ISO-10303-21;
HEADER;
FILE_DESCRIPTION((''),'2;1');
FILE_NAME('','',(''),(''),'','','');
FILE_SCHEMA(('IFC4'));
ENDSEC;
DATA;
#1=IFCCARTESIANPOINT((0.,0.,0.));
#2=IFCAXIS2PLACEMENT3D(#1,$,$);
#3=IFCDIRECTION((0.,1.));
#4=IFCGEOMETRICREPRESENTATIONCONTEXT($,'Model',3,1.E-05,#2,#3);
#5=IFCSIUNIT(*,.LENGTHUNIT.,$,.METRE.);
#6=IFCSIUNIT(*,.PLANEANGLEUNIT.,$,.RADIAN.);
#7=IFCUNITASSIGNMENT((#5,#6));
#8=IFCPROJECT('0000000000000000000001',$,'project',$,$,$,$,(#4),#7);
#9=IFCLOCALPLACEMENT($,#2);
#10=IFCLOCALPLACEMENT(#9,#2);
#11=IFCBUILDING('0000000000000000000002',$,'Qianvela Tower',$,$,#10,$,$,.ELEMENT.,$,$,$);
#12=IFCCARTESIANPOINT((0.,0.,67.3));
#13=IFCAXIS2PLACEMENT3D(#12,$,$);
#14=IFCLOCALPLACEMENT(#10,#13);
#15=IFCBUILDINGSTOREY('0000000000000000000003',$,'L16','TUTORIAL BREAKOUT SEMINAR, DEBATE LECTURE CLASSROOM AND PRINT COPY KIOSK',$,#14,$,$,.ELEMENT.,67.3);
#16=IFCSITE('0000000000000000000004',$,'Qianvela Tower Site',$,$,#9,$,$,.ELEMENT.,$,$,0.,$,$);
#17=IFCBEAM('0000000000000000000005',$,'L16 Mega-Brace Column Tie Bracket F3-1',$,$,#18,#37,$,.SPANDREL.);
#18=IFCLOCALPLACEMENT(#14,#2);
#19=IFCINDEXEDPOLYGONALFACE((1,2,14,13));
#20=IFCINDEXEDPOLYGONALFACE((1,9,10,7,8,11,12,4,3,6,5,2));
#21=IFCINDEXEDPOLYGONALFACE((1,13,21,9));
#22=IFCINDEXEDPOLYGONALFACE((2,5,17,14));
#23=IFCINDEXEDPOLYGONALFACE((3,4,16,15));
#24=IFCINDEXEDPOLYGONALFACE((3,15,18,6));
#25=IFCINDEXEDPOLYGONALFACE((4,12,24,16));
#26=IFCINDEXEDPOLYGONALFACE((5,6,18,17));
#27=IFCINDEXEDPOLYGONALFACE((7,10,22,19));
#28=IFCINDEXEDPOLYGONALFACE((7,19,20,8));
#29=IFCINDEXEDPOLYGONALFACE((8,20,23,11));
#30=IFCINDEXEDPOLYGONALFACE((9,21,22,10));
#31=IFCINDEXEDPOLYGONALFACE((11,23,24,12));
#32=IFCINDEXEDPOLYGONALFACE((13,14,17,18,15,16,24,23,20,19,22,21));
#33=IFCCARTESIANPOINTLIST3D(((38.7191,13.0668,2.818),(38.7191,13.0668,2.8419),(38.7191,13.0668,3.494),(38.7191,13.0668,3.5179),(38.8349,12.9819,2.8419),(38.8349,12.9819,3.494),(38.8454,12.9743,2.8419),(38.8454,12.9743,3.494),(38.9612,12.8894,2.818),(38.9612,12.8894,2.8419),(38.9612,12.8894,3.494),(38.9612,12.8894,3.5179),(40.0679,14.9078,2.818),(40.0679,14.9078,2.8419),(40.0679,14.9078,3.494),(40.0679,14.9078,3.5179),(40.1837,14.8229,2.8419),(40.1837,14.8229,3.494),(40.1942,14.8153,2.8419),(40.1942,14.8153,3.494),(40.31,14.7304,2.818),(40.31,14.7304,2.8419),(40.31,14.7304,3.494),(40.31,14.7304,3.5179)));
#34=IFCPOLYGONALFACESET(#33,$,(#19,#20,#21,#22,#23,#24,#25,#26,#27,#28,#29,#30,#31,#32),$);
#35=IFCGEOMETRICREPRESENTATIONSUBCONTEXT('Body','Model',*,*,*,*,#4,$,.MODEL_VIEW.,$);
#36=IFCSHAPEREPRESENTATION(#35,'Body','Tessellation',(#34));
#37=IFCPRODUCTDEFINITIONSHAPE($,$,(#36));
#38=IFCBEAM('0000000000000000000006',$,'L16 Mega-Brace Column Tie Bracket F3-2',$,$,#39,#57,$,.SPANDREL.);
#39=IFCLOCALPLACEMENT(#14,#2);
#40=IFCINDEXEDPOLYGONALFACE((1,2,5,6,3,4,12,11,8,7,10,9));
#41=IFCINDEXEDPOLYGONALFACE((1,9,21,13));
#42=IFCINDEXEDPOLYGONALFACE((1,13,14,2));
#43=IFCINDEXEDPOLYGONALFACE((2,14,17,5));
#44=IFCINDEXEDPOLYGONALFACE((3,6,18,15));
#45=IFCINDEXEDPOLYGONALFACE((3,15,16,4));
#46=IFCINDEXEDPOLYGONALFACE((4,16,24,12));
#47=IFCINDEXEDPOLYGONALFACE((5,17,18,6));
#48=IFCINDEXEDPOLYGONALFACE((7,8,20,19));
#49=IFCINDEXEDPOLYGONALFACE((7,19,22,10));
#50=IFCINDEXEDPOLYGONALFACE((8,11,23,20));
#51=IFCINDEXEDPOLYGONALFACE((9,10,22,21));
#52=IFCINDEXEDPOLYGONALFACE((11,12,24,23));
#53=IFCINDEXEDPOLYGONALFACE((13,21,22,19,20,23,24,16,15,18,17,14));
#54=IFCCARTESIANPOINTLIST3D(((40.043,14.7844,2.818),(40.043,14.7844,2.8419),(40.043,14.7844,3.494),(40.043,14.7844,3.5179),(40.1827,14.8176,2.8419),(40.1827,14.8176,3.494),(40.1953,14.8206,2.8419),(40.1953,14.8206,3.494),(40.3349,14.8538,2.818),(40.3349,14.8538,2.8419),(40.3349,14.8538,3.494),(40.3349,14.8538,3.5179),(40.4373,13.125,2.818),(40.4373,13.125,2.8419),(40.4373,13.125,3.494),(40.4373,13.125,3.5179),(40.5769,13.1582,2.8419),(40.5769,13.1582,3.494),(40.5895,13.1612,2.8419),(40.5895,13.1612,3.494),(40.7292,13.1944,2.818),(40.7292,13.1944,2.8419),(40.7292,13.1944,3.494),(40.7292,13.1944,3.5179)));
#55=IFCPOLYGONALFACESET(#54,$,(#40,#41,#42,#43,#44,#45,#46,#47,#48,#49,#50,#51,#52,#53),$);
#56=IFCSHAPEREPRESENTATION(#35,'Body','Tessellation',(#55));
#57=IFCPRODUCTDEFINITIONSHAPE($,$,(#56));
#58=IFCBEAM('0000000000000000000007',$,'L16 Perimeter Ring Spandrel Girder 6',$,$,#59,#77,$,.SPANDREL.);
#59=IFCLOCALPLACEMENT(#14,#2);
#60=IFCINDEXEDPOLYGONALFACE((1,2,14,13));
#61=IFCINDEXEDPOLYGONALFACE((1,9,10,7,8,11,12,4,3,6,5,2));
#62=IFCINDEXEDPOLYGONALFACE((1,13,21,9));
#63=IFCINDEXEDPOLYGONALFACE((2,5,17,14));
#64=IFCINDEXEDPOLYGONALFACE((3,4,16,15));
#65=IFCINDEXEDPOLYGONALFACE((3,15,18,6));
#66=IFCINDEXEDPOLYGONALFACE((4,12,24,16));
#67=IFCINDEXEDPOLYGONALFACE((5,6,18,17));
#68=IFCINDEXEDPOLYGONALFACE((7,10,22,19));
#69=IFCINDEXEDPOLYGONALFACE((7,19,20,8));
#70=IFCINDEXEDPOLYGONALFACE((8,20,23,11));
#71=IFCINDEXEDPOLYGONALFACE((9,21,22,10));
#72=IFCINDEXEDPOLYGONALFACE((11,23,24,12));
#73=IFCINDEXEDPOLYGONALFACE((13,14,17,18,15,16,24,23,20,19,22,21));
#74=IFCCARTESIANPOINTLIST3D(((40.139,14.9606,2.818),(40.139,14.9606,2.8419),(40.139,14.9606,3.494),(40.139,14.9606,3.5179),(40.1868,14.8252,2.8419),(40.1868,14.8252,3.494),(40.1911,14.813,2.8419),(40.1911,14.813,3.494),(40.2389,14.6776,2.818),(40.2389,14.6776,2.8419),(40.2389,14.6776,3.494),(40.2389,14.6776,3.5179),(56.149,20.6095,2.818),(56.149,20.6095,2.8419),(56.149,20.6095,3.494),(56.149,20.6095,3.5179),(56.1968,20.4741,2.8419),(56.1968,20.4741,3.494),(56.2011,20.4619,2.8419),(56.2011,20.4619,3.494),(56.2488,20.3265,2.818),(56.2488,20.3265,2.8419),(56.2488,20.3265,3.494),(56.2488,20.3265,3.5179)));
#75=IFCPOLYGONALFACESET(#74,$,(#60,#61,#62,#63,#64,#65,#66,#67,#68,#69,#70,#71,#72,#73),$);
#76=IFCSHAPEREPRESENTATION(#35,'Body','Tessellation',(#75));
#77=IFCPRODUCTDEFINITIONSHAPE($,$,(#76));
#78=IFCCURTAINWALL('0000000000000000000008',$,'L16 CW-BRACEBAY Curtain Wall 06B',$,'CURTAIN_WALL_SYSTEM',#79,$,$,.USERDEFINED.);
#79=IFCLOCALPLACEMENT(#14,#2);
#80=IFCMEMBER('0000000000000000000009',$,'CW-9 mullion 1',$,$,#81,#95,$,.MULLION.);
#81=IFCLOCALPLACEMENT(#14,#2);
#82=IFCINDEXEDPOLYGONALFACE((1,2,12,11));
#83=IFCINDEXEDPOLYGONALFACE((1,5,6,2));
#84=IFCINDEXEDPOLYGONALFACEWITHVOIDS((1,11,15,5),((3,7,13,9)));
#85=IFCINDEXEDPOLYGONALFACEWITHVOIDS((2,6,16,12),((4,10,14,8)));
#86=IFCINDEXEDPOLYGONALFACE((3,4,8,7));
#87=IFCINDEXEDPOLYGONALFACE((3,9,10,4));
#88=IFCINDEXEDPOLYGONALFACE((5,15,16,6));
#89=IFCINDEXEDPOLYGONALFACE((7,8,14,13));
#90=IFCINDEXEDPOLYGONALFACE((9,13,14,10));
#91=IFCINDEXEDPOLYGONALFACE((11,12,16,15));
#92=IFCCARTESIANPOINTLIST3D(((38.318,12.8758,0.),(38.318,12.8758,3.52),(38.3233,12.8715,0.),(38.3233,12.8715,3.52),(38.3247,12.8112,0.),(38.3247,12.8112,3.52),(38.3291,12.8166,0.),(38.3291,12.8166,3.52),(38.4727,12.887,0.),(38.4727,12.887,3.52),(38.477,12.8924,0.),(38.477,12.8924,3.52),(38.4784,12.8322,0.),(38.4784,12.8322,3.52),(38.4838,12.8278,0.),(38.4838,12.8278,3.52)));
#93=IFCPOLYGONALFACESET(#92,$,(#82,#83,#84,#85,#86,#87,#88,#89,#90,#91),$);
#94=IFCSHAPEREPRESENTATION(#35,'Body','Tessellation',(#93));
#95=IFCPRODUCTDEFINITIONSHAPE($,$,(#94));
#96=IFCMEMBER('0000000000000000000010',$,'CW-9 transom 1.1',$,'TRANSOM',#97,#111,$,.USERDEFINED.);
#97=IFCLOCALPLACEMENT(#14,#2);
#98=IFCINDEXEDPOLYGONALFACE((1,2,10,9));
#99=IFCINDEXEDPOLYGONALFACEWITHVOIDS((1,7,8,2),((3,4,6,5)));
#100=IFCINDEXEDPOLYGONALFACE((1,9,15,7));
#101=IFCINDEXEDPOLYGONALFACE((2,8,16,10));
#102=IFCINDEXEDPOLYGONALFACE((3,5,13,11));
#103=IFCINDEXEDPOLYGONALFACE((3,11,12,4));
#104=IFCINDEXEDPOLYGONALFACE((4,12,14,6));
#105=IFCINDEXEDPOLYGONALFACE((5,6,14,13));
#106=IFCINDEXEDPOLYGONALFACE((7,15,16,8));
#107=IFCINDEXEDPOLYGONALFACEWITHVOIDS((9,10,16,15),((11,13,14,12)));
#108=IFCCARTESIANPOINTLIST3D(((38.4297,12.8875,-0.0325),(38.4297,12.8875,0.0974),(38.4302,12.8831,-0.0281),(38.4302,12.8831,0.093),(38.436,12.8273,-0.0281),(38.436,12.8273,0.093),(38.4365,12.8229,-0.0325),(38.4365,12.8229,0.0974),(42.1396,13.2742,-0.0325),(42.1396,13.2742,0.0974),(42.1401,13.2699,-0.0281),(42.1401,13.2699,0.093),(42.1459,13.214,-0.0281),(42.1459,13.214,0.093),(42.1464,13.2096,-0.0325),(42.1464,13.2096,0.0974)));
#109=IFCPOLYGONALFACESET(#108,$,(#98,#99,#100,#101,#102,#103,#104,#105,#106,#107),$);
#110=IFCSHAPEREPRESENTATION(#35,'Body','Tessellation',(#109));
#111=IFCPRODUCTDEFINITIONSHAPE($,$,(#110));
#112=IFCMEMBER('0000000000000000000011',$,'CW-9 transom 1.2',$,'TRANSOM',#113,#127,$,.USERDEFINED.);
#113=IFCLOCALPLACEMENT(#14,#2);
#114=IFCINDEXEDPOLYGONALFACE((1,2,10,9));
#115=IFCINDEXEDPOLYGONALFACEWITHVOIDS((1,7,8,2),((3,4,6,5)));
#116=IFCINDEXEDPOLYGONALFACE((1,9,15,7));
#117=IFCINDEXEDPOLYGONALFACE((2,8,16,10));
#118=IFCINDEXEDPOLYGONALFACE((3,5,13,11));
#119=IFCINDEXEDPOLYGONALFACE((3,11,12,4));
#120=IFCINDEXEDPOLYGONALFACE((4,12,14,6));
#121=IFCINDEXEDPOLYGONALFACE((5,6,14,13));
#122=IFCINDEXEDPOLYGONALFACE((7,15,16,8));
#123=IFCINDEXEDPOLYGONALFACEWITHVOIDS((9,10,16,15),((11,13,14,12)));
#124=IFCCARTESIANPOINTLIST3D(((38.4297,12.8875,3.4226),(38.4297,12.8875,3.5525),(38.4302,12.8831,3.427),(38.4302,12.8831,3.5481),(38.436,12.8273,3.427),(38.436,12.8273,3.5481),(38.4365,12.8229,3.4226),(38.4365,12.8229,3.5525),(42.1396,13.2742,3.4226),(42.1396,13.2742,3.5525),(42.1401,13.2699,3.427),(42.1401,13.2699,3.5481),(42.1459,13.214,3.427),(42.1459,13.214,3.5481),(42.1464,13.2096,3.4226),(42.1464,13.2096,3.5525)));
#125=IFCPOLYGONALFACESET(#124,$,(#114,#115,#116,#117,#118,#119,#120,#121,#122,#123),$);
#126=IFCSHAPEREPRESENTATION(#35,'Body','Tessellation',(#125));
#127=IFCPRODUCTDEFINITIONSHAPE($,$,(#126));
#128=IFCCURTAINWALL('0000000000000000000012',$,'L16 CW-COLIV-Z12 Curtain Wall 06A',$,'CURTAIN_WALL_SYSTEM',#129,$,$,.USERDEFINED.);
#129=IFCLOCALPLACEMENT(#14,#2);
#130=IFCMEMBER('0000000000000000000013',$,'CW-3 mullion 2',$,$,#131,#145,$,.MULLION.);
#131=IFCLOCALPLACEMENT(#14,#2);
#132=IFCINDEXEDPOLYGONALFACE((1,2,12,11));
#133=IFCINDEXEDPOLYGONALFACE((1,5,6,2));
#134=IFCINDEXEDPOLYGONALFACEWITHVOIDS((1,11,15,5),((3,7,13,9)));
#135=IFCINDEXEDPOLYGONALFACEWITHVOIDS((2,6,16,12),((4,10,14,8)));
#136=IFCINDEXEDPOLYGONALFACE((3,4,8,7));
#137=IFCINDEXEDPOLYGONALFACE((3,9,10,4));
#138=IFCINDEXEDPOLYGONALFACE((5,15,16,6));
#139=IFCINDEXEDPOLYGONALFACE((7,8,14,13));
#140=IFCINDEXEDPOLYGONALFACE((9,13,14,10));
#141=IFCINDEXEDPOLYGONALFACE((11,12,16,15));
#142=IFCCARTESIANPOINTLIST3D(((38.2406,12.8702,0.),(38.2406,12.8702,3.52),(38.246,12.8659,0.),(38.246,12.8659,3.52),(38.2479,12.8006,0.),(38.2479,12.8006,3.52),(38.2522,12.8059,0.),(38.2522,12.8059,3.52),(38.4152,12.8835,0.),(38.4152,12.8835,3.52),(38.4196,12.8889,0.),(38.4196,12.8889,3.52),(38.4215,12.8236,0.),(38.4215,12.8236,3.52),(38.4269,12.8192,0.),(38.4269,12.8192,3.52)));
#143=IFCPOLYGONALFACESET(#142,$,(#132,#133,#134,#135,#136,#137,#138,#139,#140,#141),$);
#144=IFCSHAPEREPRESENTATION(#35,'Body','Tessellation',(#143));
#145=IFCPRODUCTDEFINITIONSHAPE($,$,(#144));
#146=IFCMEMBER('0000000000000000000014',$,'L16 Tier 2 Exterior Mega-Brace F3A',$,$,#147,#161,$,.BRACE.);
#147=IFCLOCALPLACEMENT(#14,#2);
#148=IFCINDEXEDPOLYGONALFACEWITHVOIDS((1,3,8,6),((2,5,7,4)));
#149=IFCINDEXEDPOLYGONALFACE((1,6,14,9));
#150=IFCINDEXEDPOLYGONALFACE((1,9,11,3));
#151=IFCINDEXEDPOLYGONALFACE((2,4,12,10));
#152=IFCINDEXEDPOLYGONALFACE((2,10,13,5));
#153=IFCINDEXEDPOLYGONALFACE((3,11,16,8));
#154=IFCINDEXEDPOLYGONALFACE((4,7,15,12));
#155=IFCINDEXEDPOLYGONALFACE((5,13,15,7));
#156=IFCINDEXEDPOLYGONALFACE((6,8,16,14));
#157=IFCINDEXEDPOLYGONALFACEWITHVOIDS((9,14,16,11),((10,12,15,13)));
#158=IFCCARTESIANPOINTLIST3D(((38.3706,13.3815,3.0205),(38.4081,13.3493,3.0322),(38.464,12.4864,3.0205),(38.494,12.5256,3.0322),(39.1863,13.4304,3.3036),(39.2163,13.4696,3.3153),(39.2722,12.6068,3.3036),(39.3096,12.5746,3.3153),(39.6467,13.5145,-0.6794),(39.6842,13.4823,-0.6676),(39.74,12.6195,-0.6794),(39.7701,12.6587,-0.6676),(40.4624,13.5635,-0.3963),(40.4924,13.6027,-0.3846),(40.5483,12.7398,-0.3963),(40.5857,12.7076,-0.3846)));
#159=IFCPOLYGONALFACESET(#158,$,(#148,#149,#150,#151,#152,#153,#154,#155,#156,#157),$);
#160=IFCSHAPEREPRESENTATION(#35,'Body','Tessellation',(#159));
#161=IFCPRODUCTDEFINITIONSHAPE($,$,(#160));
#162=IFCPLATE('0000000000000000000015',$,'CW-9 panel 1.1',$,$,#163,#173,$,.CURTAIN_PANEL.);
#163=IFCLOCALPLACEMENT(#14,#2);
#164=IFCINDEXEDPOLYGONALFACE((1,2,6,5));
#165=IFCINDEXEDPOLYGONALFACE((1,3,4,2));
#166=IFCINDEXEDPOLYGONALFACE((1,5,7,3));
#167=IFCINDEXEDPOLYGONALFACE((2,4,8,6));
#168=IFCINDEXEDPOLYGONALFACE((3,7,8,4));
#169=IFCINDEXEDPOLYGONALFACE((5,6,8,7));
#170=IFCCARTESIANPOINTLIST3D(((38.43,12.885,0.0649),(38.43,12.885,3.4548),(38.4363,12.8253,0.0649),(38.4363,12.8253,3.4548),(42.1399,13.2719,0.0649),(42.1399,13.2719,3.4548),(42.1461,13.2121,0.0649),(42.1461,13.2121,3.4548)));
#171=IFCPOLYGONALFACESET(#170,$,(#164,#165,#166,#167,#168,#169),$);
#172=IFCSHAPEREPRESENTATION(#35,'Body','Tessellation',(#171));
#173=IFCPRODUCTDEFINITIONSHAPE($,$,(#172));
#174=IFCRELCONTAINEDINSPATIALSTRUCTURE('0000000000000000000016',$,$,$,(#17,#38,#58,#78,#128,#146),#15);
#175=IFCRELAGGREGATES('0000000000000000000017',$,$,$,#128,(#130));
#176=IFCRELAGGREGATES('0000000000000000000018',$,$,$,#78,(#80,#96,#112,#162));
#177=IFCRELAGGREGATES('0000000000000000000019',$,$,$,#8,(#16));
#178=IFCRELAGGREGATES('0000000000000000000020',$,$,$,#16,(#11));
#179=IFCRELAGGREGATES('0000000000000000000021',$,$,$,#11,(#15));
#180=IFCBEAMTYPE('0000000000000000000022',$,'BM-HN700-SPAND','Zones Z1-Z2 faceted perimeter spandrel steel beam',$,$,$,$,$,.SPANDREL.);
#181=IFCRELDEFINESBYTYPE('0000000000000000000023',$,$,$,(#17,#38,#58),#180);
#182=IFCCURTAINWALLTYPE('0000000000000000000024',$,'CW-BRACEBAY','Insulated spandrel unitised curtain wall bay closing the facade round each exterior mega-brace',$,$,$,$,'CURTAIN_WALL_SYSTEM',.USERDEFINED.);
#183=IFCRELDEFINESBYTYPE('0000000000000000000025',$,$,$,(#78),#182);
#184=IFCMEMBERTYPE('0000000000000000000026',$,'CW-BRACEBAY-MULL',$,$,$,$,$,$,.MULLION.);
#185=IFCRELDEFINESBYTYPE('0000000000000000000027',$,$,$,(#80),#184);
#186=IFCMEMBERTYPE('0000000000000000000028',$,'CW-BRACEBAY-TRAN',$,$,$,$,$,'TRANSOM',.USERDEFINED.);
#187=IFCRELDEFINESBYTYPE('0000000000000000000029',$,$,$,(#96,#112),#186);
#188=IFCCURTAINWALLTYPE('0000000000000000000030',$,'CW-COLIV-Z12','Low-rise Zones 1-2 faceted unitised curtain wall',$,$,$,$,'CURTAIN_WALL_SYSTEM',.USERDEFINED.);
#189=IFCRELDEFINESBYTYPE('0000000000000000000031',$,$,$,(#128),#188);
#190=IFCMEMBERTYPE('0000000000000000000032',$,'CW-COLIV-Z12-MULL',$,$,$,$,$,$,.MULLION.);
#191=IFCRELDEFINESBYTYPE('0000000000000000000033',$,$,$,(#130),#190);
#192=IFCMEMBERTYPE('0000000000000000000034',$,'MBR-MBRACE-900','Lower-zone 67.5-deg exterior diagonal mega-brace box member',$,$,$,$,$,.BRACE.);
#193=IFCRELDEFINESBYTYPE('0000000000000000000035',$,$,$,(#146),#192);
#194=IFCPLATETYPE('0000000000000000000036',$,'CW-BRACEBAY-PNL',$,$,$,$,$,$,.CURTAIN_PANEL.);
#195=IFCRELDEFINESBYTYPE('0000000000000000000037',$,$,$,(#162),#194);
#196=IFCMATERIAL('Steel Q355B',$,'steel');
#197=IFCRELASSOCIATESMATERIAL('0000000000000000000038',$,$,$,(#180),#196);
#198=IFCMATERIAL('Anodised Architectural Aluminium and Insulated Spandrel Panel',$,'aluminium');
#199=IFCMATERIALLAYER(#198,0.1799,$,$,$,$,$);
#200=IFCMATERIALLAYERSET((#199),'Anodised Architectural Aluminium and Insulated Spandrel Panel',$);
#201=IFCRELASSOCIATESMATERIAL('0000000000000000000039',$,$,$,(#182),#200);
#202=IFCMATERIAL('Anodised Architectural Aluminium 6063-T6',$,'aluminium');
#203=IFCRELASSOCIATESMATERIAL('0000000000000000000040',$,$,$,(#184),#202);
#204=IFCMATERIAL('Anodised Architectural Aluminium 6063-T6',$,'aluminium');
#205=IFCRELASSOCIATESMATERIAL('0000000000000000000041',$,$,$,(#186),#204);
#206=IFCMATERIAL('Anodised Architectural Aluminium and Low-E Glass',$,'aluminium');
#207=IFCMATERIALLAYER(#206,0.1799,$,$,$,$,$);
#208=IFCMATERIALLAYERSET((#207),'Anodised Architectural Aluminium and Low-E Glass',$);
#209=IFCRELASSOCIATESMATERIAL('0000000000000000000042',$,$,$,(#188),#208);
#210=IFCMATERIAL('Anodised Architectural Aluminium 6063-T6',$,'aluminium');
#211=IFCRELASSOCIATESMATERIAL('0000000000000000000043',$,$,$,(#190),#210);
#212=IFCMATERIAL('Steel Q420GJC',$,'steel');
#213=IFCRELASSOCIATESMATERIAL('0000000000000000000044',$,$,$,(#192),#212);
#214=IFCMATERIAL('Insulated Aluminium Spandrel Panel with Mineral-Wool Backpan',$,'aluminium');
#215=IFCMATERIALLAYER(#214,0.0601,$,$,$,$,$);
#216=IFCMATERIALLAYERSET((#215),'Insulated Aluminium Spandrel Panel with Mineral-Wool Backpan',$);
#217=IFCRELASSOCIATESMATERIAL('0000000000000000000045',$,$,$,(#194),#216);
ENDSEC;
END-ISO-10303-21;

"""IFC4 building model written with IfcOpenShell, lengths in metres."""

from ifc_helpers import new_model, si_unit, direction, frame, origin, origin_2d, place, context, subcontext, project, spatial, rectangle, hollow_rectangle, i_section, extrude, material, layer, layer_set, material_profile, profile_set, type_object, element, aggregate, save


model = new_model("IFC4")

# Units and contexts
model_context = context("Model", 3, precision=1e-05, world=origin(), true_north=direction((0.0, 1.0)))
body_context = subcontext(model_context, "Body", "Model", "MODEL_VIEW")
ifc_project = project(units=[si_unit("LENGTHUNIT", "METRE"), si_unit("PLANEANGLEUNIT", "RADIAN")], contexts=[model_context])

# Site, building, storey
site_placement = place(None, origin())
site = spatial("IfcSite", under=ifc_project, at=site_placement, Name="Qianvela Tower Site", CompositionType="ELEMENT", RefElevation=0.0)
building_placement = place(site_placement, origin())
building = spatial("IfcBuilding", under=site, at=building_placement, Name="Qianvela Tower", CompositionType="ELEMENT")
storey_placement = place(building_placement, frame((0.0, 0.0, 67.3)))
storey = spatial("IfcBuildingStorey", under=building, at=storey_placement, Name="L16", Description="TUTORIAL BREAKOUT SEMINAR, DEBATE LECTURE CLASSROOM AND PRINT COPY KIOSK", CompositionType="ELEMENT", Elevation=67.3)

# Beams
ifc_material_1 = material(Name="Steel Q355B", Category="steel")
ifc_material_profile_1 = material_profile(ifc_material_1, i_section(OverallWidth=0.3, OverallDepth=0.7, WebThickness=0.0129, FlangeThickness=0.0239, at=origin_2d()), Name="HN700x300x13x24")
ifc_profile_set_1 = profile_set([ifc_material_profile_1], Name="Steel Q355B")
beam_type_1 = type_object("IfcBeamType", Name="BM-HN700-SPAND", Description="Zones Z1-Z2 faceted perimeter spandrel steel beam", PredefinedType="SPANDREL", material=ifc_profile_set_1)
beam_1_placement = place(storey_placement, frame((40.189, 14.8191, 3.168), z_axis=(-0.591011, -0.806663, 0.0), x_axis=(0.806663, -0.591011, 0.0)))
element("IfcBeam", 1, at=beam_1_placement, inside=storey, type_object=beam_type_1, Name="L16 Mega-Brace Column Tie Bracket F3-1", PredefinedType="SPANDREL", context=body_context, shape_type="SweptSolid", body=[
    extrude(i_section(OverallWidth=0.3, OverallDepth=0.7, WebThickness=0.0129, FlangeThickness=0.0239, at=origin_2d()), origin(), (0.0, 0.0, 1.0), 2.2822),
])
beam_2_placement = place(storey_placement, frame((40.189, 14.8191, 3.168), z_axis=(0.231169, -0.972914, 0.0), x_axis=(0.972914, 0.231169, 0.0)))
element("IfcBeam", 2, at=beam_2_placement, inside=storey, type_object=beam_type_1, Name="L16 Mega-Brace Column Tie Bracket F3-2", PredefinedType="SPANDREL", context=body_context, shape_type="SweptSolid", body=[
    extrude(i_section(OverallWidth=0.3, OverallDepth=0.7, WebThickness=0.0129, FlangeThickness=0.0239, at=origin_2d()), origin(), (0.0, 0.0, 1.0), 1.7056),
])
beam_3_placement = place(storey_placement, frame((40.189, 14.8191, 3.168), z_axis=(0.943021, 0.332733, 0.0), x_axis=(-0.332733, 0.943021, 0.0)))
element("IfcBeam", 3, at=beam_3_placement, inside=storey, type_object=beam_type_1, Name="L16 Perimeter Ring Spandrel Girder 6", PredefinedType="SPANDREL", context=body_context, shape_type="SweptSolid", body=[
    extrude(i_section(OverallWidth=0.3, OverallDepth=0.7, WebThickness=0.0129, FlangeThickness=0.0239, at=origin_2d()), origin(), (0.0, 0.0, 1.0), 16.9773),
])

# Curtain wall, members
ifc_material_2 = material(Name="Anodised Architectural Aluminium and Insulated Spandrel Panel", Category="aluminium")
ifc_layer_1 = layer(ifc_material_2, 0.1799)
ifc_layer_set_1 = layer_set([ifc_layer_1], Name="Anodised Architectural Aluminium and Insulated Spandrel Panel")
curtain_wall_type_1 = type_object("IfcCurtainWallType", Name="CW-BRACEBAY", Description="Insulated spandrel unitised curtain wall bay closing the facade round each exterior mega-brace", ElementType="CURTAIN_WALL_SYSTEM", PredefinedType="USERDEFINED", material=ifc_layer_set_1)
curtain_wall_1_placement = place(storey_placement, origin())
curtain_wall_1 = element("IfcCurtainWall", 4, at=curtain_wall_1_placement, inside=storey, type_object=curtain_wall_type_1, Name="L16 CW-BRACEBAY Curtain Wall 06B", ObjectType="CURTAIN_WALL_SYSTEM", PredefinedType="USERDEFINED")
ifc_material_3 = material(Name="Anodised Architectural Aluminium 6063-T6", Category="aluminium")
ifc_material_profile_2 = material_profile(ifc_material_3, hollow_rectangle(XDim=0.0649, YDim=0.1599, WallThickness=0.0049, at=origin_2d()), Name="ALU-MULL-65x160")
ifc_profile_set_2 = profile_set([ifc_material_profile_2], Name="Anodised Architectural Aluminium 6063-T6")
member_type_1 = type_object("IfcMemberType", Name="CW-BRACEBAY-MULL", PredefinedType="MULLION", material=ifc_profile_set_2)
member_1_placement = place(storey_placement, frame((38.4009, 12.8518, 0.0), z_axis=(0.0, 0.0, 1.0), x_axis=(-0.103704, 0.994608, 0.0)))
member_1 = element("IfcMember", 5, at=member_1_placement, type_object=member_type_1, Name="CW-9 mullion 1", PredefinedType="MULLION", context=body_context, shape_type="SweptSolid", body=[
    extrude(hollow_rectangle(XDim=0.0649, YDim=0.1599, WallThickness=0.0049, at=origin_2d()), origin(), (0.0, 0.0, 1.0), 3.52),
])
ifc_material_4 = material(Name="Anodised Architectural Aluminium 6063-T6", Category="aluminium")
ifc_material_profile_3 = material_profile(ifc_material_4, hollow_rectangle(XDim=0.0649, YDim=0.1299, WallThickness=0.0044, at=origin_2d()), Name="ALU-TRAN-65x130")
ifc_profile_set_3 = profile_set([ifc_material_profile_3], Name="Anodised Architectural Aluminium 6063-T6")
member_type_2 = type_object("IfcMemberType", Name="CW-BRACEBAY-TRAN", ElementType="TRANSOM", PredefinedType="USERDEFINED", material=ifc_profile_set_3)
member_2_placement = place(storey_placement, frame((38.4331, 12.8552, 0.0325), z_axis=(0.994611, 0.103676, 0.0), x_axis=(-0.103676, 0.994611, 0.0)))
member_2 = element("IfcMember", 6, at=member_2_placement, type_object=member_type_2, Name="CW-9 transom 1.1", ObjectType="TRANSOM", PredefinedType="USERDEFINED", context=body_context, shape_type="SweptSolid", body=[
    extrude(hollow_rectangle(XDim=0.0649, YDim=0.1299, WallThickness=0.0044, at=origin_2d()), origin(), (0.0, 0.0, 1.0), 3.73),
])
member_3_placement = place(storey_placement, frame((38.4331, 12.8552, 3.4875), z_axis=(0.994611, 0.103676, 0.0), x_axis=(-0.103676, 0.994611, 0.0)))
member_3 = element("IfcMember", 7, at=member_3_placement, type_object=member_type_2, Name="CW-9 transom 1.2", ObjectType="TRANSOM", PredefinedType="USERDEFINED", context=body_context, shape_type="SweptSolid", body=[
    extrude(hollow_rectangle(XDim=0.0649, YDim=0.1299, WallThickness=0.0044, at=origin_2d()), origin(), (0.0, 0.0, 1.0), 3.73),
])

# Curtain wall, member
ifc_material_5 = material(Name="Anodised Architectural Aluminium and Low-E Glass", Category="aluminium")
ifc_layer_2 = layer(ifc_material_5, 0.1799)
ifc_layer_set_2 = layer_set([ifc_layer_2], Name="Anodised Architectural Aluminium and Low-E Glass")
curtain_wall_type_2 = type_object("IfcCurtainWallType", Name="CW-COLIV-Z12", Description="Low-rise Zones 1-2 faceted unitised curtain wall", ElementType="CURTAIN_WALL_SYSTEM", PredefinedType="USERDEFINED", material=ifc_layer_set_2)
curtain_wall_2_placement = place(storey_placement, origin())
curtain_wall_2 = element("IfcCurtainWall", 8, at=curtain_wall_2_placement, inside=storey, type_object=curtain_wall_type_2, Name="L16 CW-COLIV-Z12 Curtain Wall 06A", ObjectType="CURTAIN_WALL_SYSTEM", PredefinedType="USERDEFINED")
ifc_material_6 = material(Name="Anodised Architectural Aluminium 6063-T6", Category="aluminium")
ifc_material_profile_4 = material_profile(ifc_material_6, hollow_rectangle(XDim=0.0701, YDim=0.1799, WallThickness=0.0049, at=origin_2d()), Name="ALU-MULL-70x180")
ifc_profile_set_4 = profile_set([ifc_material_profile_4], Name="Anodised Architectural Aluminium 6063-T6")
member_type_3 = type_object("IfcMemberType", Name="CW-COLIV-Z12-MULL", PredefinedType="MULLION", material=ifc_profile_set_4)
member_4_placement = place(storey_placement, frame((38.3337, 12.8447, 0.0), z_axis=(0.0, 0.0, 1.0), x_axis=(-0.103717, 0.994607, 0.0)))
member_4 = element("IfcMember", 9, at=member_4_placement, type_object=member_type_3, Name="CW-3 mullion 2", PredefinedType="MULLION", context=body_context, shape_type="SweptSolid", body=[
    extrude(hollow_rectangle(XDim=0.0701, YDim=0.1799, WallThickness=0.0049, at=origin_2d()), origin(), (0.0, 0.0, 1.0), 3.52),
])
aggregate(curtain_wall_2, [member_4])

# Member
ifc_material_7 = material(Name="Steel Q420GJC", Category="steel")
ifc_material_profile_5 = material_profile(ifc_material_7, hollow_rectangle(XDim=0.8999, YDim=0.8999, WallThickness=0.0359, at=origin_2d()), Name="MBOX-900x900x36")
ifc_profile_set_5 = profile_set([ifc_material_profile_5], Name="Steel Q420GJC")
member_type_4 = type_object("IfcMemberType", Name="MBR-MBRACE-900", Description="Lower-zone 67.5-deg exterior diagonal mega-brace box member", PredefinedType="BRACE", material=ifc_profile_set_5)
member_5_placement = place(storey_placement, frame((40.1162, 13.1111, -0.532), z_axis=(-0.325866, -0.033977, 0.944805), x_axis=(0.103704, -0.994608, 0.0)))
element("IfcMember", 10, at=member_5_placement, inside=storey, type_object=member_type_4, Name="L16 Tier 2 Exterior Mega-Brace F3A", PredefinedType="BRACE", context=body_context, shape_type="SweptSolid", body=[
    extrude(hollow_rectangle(XDim=0.8999, YDim=0.8999, WallThickness=0.0359, at=origin_2d()), origin(), (0.0, 0.0, 1.0), 3.916),
])

# Plate
ifc_material_8 = material(Name="Insulated Aluminium Spandrel Panel with Mineral-Wool Backpan", Category="aluminium")
ifc_layer_3 = layer(ifc_material_8, 0.0601)
ifc_layer_set_3 = layer_set([ifc_layer_3], Name="Insulated Aluminium Spandrel Panel with Mineral-Wool Backpan")
plate_type_1 = type_object("IfcPlateType", Name="CW-BRACEBAY-PNL", PredefinedType="CURTAIN_PANEL", material=ifc_layer_set_3)
plate_placement = place(storey_placement, frame((40.2881, 13.0486, 0.0649), z_axis=(0.0, 0.0, 1.0), x_axis=(0.994608, 0.103704, 0.0)))
plate = element("IfcPlate", 11, at=plate_placement, type_object=plate_type_1, Name="CW-9 panel 1.1", PredefinedType="CURTAIN_PANEL", context=body_context, shape_type="SweptSolid", body=[
    extrude(rectangle(XDim=3.73, YDim=0.0601, at=origin_2d()), origin(), (0.0, 0.0, 1.0), 3.3899),
])
aggregate(curtain_wall_1, [member_1, member_2, member_3, plate])

save(model, "model.ifc")
